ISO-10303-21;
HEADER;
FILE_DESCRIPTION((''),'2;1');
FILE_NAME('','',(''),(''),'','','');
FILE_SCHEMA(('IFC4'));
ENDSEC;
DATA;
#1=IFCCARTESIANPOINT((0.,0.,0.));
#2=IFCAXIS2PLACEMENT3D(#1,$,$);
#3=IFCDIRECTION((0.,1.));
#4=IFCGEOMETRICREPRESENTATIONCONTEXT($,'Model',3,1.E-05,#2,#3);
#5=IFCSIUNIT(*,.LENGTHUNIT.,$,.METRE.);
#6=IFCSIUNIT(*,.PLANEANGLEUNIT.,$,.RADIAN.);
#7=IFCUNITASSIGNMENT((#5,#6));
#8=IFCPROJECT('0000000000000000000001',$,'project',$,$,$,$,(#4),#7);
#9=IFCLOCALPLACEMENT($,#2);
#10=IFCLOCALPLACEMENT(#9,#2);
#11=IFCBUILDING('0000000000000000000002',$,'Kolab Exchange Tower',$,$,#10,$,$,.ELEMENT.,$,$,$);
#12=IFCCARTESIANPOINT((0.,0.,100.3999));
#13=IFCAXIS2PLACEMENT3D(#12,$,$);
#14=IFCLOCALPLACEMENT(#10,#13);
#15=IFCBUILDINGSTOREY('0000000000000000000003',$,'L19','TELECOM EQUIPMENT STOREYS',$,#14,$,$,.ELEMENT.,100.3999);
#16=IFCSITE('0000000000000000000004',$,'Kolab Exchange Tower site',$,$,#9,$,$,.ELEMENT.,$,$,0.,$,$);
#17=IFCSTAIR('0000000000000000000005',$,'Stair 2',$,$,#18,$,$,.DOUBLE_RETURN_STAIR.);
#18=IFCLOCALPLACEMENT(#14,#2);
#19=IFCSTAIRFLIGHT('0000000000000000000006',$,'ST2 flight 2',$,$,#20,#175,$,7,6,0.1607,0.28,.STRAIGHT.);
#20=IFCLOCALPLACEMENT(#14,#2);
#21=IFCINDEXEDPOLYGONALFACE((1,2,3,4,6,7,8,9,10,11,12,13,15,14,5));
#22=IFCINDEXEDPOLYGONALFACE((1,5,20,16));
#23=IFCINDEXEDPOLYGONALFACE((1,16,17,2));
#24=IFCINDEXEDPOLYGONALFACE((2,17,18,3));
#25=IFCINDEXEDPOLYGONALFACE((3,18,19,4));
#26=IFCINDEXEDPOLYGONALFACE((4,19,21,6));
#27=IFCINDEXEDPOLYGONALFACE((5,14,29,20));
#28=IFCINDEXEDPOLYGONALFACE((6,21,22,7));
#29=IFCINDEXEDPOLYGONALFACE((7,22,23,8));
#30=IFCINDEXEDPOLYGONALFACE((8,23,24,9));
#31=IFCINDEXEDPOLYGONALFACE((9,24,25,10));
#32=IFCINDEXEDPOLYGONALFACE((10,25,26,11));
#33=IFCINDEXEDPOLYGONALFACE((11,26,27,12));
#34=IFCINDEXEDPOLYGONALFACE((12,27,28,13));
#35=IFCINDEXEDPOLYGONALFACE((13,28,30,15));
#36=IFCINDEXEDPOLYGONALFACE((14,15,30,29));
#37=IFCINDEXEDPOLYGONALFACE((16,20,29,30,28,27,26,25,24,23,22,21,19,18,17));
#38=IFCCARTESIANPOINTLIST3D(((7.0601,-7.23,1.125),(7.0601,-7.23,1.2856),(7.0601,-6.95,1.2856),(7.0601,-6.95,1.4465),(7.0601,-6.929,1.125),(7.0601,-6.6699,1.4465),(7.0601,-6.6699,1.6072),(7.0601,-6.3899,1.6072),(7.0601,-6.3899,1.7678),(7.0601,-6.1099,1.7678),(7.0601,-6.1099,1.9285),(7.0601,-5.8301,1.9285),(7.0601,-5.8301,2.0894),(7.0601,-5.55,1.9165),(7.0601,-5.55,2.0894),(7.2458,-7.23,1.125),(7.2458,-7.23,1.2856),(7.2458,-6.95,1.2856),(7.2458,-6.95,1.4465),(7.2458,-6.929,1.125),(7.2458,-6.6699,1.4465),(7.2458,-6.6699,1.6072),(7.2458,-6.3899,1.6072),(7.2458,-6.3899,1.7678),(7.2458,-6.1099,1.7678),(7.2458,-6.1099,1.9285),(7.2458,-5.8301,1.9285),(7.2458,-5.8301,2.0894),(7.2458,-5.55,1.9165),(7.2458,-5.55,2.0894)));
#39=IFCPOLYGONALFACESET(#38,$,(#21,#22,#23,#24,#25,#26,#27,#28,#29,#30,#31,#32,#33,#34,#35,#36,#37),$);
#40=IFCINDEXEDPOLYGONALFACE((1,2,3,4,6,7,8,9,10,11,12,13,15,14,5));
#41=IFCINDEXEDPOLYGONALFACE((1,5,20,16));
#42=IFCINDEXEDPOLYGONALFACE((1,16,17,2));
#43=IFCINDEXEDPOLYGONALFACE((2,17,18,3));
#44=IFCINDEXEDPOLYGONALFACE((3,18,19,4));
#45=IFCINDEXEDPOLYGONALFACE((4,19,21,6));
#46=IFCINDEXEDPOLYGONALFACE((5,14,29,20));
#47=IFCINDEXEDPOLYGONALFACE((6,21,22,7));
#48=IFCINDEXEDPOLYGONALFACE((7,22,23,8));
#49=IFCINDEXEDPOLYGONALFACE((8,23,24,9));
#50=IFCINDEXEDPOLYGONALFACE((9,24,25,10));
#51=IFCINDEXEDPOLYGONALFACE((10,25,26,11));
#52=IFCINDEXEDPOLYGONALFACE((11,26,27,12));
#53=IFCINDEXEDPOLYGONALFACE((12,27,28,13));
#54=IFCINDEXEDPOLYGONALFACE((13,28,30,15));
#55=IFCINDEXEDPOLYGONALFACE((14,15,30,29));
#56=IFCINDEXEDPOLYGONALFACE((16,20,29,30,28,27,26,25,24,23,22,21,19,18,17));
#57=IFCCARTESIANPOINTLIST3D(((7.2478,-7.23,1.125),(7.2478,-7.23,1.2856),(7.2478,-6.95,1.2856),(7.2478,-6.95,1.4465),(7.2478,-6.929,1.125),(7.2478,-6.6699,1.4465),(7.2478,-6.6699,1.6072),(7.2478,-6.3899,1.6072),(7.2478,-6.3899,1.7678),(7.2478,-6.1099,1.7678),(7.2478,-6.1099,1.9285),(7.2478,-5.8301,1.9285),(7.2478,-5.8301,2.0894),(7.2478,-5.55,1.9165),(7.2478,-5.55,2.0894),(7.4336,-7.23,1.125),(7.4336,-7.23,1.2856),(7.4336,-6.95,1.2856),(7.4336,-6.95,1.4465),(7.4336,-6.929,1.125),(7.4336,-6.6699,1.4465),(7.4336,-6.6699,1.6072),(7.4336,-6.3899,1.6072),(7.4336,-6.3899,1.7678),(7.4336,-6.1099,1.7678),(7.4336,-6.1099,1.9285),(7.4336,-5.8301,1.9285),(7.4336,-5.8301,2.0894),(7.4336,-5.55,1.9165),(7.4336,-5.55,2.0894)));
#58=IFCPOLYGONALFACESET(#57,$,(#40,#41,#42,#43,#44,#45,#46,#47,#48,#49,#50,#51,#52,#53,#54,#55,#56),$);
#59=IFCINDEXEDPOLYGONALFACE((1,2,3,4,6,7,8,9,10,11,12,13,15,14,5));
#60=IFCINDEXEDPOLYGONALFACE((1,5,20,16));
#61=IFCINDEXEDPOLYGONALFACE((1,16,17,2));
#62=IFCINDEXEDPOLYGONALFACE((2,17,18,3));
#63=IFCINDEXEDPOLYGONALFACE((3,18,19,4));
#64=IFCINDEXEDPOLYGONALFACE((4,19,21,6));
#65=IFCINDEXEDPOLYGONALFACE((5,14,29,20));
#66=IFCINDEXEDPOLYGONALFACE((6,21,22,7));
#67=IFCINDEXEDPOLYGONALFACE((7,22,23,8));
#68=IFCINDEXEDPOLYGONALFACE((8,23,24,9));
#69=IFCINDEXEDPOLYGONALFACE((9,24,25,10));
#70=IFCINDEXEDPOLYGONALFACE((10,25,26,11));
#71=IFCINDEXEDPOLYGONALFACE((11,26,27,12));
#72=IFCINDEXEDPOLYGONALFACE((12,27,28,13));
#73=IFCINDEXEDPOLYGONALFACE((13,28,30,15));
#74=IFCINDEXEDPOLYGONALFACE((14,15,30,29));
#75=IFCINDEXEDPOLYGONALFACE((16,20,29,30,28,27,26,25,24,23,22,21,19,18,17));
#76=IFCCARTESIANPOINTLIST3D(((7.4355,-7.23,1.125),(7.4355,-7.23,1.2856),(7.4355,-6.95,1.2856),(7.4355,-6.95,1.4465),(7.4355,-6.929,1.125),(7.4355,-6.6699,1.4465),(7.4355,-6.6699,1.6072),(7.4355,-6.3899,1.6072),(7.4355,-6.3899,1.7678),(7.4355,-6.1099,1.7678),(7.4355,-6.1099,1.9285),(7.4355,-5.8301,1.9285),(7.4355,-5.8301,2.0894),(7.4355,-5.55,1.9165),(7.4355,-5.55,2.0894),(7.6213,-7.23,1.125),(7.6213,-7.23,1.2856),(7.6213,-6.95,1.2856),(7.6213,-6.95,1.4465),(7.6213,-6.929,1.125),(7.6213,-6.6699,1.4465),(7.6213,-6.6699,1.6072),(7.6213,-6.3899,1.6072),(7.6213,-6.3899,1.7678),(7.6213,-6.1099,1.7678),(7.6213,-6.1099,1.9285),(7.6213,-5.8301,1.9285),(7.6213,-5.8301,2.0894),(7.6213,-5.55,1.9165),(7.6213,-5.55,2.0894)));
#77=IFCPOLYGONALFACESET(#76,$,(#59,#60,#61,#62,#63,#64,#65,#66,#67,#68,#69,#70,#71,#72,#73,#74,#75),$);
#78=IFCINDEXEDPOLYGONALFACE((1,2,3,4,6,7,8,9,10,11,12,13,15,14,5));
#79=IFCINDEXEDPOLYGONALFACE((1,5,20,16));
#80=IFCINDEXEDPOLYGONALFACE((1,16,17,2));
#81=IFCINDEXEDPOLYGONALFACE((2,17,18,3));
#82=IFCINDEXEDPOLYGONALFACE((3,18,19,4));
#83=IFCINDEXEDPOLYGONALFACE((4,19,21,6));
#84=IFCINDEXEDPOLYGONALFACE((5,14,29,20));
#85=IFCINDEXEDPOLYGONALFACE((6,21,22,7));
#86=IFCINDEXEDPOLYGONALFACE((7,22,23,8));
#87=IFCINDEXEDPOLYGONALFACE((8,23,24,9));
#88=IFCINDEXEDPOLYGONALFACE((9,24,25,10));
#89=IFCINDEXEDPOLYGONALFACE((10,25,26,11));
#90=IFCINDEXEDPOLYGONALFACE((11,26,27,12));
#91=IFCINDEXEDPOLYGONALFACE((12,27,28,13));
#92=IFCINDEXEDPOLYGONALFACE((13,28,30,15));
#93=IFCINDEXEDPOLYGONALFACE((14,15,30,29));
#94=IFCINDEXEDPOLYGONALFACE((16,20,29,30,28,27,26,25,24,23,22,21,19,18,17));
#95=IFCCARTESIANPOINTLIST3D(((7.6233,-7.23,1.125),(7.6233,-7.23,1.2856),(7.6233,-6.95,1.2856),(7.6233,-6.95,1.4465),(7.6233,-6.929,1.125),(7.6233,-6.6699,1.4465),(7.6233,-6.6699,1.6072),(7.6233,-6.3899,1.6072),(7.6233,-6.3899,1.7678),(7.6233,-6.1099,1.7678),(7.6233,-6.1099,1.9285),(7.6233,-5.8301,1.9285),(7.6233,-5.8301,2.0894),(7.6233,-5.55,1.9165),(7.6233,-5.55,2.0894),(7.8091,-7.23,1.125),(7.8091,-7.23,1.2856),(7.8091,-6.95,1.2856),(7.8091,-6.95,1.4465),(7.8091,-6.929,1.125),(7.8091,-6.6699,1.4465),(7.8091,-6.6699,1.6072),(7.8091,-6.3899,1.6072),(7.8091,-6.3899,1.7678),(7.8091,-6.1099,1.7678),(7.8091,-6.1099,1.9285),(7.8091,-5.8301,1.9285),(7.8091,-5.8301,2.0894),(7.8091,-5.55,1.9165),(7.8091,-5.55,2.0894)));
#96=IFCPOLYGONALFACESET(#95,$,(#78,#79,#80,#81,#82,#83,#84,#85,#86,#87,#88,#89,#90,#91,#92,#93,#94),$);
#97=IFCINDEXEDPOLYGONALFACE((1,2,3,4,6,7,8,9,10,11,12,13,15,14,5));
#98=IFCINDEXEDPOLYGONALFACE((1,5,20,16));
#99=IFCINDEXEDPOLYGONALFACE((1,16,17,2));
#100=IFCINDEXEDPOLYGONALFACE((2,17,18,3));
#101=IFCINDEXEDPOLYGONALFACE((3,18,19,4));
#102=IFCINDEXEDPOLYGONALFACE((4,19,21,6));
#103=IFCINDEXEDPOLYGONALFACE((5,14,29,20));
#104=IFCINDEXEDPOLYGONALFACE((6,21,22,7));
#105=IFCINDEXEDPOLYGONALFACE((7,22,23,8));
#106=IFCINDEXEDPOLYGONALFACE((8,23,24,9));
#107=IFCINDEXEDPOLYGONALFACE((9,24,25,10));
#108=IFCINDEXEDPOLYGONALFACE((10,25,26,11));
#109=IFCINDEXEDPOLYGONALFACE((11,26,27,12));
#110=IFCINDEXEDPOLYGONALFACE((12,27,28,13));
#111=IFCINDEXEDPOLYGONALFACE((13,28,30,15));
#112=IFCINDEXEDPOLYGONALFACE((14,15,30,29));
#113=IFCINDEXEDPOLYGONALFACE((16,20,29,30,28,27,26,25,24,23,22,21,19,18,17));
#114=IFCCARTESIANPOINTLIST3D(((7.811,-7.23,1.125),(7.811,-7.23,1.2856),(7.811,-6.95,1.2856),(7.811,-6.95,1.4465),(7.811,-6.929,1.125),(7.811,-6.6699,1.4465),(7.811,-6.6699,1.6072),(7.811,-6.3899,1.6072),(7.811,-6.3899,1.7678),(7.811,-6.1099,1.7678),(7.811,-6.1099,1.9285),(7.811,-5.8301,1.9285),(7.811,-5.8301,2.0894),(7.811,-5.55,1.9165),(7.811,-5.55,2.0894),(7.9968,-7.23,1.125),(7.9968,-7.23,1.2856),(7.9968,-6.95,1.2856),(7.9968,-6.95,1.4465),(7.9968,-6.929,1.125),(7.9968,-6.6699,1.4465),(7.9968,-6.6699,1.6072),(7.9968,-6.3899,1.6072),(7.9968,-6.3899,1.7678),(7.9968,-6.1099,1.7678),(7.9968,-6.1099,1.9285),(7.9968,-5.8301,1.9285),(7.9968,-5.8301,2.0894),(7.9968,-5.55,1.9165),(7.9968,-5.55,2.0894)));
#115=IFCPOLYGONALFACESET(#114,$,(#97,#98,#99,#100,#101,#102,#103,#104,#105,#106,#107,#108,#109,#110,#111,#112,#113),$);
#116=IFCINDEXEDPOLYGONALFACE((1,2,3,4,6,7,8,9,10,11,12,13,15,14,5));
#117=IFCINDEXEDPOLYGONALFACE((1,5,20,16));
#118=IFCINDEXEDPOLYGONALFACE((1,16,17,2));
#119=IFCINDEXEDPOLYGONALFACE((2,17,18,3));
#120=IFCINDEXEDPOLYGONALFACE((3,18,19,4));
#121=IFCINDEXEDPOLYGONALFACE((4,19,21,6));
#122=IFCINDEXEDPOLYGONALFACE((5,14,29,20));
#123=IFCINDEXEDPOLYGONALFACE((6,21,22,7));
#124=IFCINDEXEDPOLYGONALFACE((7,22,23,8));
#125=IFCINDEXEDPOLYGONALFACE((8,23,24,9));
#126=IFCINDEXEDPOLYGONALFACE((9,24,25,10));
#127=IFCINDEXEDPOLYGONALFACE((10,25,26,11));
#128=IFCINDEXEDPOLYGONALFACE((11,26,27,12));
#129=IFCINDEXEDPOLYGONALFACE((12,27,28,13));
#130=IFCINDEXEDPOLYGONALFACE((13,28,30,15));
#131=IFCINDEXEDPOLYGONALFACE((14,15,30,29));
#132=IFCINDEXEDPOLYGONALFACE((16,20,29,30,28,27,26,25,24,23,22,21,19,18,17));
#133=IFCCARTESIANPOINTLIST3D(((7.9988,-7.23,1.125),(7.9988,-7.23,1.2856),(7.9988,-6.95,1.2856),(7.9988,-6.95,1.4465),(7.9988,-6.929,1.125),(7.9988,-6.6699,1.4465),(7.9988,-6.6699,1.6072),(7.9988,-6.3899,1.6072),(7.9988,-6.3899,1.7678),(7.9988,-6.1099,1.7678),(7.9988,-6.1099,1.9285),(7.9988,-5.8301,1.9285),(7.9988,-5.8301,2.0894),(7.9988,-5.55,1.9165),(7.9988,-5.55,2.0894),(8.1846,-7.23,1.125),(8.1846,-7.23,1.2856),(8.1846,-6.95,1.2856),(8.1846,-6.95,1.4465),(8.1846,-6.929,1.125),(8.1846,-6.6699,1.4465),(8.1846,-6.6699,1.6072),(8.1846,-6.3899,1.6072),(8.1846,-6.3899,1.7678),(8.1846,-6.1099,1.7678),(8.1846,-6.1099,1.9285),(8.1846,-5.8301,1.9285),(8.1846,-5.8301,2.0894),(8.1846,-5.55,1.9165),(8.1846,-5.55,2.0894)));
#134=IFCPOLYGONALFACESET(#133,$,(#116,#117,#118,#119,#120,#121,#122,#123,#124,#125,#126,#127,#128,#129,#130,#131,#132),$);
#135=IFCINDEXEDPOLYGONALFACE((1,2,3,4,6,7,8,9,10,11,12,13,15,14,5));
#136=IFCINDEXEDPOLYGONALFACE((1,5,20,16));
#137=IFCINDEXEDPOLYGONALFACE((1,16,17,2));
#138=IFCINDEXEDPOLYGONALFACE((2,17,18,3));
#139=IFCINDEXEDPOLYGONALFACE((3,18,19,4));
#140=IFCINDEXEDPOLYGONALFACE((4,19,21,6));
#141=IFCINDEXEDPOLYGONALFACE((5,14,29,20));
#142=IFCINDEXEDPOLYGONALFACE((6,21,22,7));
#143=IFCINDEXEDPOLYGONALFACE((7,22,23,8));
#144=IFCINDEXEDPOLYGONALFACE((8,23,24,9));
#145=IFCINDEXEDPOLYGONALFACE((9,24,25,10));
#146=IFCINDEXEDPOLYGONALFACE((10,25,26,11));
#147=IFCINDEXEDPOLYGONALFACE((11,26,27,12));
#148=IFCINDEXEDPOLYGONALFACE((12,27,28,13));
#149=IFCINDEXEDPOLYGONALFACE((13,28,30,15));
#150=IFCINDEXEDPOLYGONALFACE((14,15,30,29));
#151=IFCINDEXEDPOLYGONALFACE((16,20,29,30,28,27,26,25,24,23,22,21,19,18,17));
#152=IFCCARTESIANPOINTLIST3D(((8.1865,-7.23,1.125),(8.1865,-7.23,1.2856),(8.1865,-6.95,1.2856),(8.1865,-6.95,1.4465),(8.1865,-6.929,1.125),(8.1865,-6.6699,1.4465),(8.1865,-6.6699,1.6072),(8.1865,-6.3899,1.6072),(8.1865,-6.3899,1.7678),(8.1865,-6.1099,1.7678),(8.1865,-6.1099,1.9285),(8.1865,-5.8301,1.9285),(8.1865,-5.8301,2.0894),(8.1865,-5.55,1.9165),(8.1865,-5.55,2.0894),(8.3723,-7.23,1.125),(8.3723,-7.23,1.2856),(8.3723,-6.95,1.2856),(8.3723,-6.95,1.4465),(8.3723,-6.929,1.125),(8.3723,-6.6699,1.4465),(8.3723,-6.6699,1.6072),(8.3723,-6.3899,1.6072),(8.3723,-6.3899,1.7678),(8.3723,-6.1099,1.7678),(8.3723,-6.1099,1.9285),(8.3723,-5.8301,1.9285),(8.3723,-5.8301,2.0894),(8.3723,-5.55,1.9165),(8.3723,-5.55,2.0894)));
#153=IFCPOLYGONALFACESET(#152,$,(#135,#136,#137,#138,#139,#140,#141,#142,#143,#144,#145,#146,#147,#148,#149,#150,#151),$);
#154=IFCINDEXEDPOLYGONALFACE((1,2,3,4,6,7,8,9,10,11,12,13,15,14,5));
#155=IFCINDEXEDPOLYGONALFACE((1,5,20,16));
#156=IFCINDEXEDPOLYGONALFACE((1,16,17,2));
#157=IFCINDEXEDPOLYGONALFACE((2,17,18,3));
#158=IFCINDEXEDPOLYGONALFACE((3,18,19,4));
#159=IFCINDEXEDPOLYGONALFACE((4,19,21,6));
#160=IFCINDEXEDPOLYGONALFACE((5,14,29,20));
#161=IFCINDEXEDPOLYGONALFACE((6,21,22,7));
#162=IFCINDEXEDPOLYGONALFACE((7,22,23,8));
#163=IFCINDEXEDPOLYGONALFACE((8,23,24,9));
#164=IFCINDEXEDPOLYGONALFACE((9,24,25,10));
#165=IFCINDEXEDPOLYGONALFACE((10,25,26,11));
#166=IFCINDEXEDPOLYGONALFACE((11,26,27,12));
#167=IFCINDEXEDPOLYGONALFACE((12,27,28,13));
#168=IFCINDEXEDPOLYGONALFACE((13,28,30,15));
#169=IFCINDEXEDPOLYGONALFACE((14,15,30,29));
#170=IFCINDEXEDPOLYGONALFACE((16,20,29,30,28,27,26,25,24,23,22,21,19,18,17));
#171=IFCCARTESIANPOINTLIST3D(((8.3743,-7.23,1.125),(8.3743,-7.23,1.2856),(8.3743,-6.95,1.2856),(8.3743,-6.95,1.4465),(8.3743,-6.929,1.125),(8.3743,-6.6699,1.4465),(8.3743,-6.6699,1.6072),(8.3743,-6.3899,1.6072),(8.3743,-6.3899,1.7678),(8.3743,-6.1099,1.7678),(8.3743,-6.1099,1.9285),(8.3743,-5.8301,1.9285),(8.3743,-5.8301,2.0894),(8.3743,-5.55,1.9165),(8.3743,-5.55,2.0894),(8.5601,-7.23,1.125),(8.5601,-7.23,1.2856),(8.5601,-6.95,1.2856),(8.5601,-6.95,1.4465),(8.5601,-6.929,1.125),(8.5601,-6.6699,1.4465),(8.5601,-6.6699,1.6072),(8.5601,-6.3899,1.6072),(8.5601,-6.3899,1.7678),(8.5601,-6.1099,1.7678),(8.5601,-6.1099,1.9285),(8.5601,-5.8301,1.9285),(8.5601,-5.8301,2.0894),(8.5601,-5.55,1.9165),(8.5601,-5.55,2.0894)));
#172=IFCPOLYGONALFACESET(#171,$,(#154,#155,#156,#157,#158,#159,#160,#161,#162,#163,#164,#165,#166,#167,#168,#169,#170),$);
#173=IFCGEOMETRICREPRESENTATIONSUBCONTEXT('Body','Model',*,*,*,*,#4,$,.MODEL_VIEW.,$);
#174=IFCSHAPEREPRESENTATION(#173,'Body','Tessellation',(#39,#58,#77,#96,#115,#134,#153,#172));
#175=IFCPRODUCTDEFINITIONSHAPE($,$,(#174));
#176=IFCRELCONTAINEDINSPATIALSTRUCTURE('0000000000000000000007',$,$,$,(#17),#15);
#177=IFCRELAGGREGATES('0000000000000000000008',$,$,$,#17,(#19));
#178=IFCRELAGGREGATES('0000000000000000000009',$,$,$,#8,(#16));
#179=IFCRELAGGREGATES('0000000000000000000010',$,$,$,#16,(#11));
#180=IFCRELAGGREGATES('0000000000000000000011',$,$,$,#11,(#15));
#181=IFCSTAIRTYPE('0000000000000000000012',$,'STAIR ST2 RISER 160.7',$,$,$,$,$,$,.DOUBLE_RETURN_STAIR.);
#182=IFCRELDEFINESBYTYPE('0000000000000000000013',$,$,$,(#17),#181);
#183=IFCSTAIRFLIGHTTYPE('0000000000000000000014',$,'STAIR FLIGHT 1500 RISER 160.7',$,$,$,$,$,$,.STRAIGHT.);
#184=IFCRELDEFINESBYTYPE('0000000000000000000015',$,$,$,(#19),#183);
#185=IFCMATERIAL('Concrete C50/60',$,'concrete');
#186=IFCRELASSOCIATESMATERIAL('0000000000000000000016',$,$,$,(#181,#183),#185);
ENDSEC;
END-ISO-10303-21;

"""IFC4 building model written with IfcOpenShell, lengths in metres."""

from ifc_helpers import new_model, si_unit, direction, frame, origin, place, context, subcontext, project, spatial, polyline, outline, extrude, material, type_object, element, aggregate, save


model = new_model("IFC4")

# Units and contexts
model_context = context("Model", 3, precision=1e-05, world=origin(), true_north=direction((0.0, 1.0)))
body_context = subcontext(model_context, "Body", "Model", "MODEL_VIEW")
ifc_project = project(units=[si_unit("LENGTHUNIT", "METRE"), si_unit("PLANEANGLEUNIT", "RADIAN")], contexts=[model_context])

# Site, building, storey
site_placement = place(None, origin())
site = spatial("IfcSite", under=ifc_project, at=site_placement, Name="Kolab Exchange Tower site", CompositionType="ELEMENT", RefElevation=0.0)
building_placement = place(site_placement, origin())
building = spatial("IfcBuilding", under=site, at=building_placement, Name="Kolab Exchange Tower", CompositionType="ELEMENT")
storey_placement = place(building_placement, frame((0.0, 0.0, 100.3999)))
storey = spatial("IfcBuildingStorey", under=building, at=storey_placement, Name="L19", Description="TELECOM EQUIPMENT STOREYS", CompositionType="ELEMENT", Elevation=100.3999)

# Shared definitions
ifc_material_1 = material(Name="Concrete C50/60", Category="concrete")

# Stair, stair flight
stair_type = type_object("IfcStairType", Name="STAIR ST2 RISER 160.7", PredefinedType="DOUBLE_RETURN_STAIR", material=ifc_material_1)
stair_placement = place(storey_placement, origin())
stair = element("IfcStair", 1, at=stair_placement, inside=storey, type_object=stair_type, Name="Stair 2", PredefinedType="DOUBLE_RETURN_STAIR")
stair_flight_type = type_object("IfcStairFlightType", Name="STAIR FLIGHT 1500 RISER 160.7", PredefinedType="STRAIGHT", material=ifc_material_1)
stair_flight_1_placement = place(storey_placement, frame((7.8101, -7.23, 1.125), z_axis=(0.0, 0.0, 1.0), x_axis=(0.0, 1.0, 0.0)))
stair_flight_1 = element("IfcStairFlight", 2, at=stair_flight_1_placement, type_object=stair_flight_type, Name="ST2 flight 2", NumberOfRisers=7, NumberOfTreads=6, PredefinedType="STRAIGHT", RiserHeight=0.1607, TreadLength=0.28, context=body_context, shape_type="SweptSolid", body=[
    extrude(outline(polyline([(0.0, 0.0), (0.0, 0.1606), (0.28, 0.1606), (0.28, 0.3215), (0.5601, 0.3215), (0.5601, 0.4822), (0.8401, 0.4822), (0.8401, 0.6428), (1.1201, 0.6428), (1.1201, 0.8035), (1.3999, 0.8035), (1.3999, 0.9644), (1.6799, 0.9644), (1.6799, 1.125), (1.6799, 0.7915), (0.301, 0.0), (0.0, 0.0)])), frame((0.0, 0.75, 0.0), z_axis=(0.0, -1.0, 0.0), x_axis=(1.0, 0.0, 0.0)), (0.0, 0.0, 1.0), 0.1858),
    extrude(outline(polyline([(0.0, 0.0), (0.0, 0.1606), (0.28, 0.1606), (0.28, 0.3215), (0.5601, 0.3215), (0.5601, 0.4822), (0.8401, 0.4822), (0.8401, 0.6428), (1.1201, 0.6428), (1.1201, 0.8035), (1.3999, 0.8035), (1.3999, 0.9644), (1.6799, 0.9644), (1.6799, 1.125), (1.6799, 0.7915), (0.301, 0.0), (0.0, 0.0)])), frame((0.0, 0.5623, 0.0), z_axis=(0.0, -1.0, 0.0), x_axis=(1.0, 0.0, 0.0)), (0.0, 0.0, 1.0), 0.1858),
    extrude(outline(polyline([(0.0, 0.0), (0.0, 0.1606), (0.28, 0.1606), (0.28, 0.3215), (0.5601, 0.3215), (0.5601, 0.4822), (0.8401, 0.4822), (0.8401, 0.6428), (1.1201, 0.6428), (1.1201, 0.8035), (1.3999, 0.8035), (1.3999, 0.9644), (1.6799, 0.9644), (1.6799, 1.125), (1.6799, 0.7915), (0.301, 0.0), (0.0, 0.0)])), frame((0.0, 0.3745, 0.0), z_axis=(0.0, -1.0, 0.0), x_axis=(1.0, 0.0, 0.0)), (0.0, 0.0, 1.0), 0.1858),
    extrude(outline(polyline([(0.0, 0.0), (0.0, 0.1606), (0.28, 0.1606), (0.28, 0.3215), (0.5601, 0.3215), (0.5601, 0.4822), (0.8401, 0.4822), (0.8401, 0.6428), (1.1201, 0.6428), (1.1201, 0.8035), (1.3999, 0.8035), (1.3999, 0.9644), (1.6799, 0.9644), (1.6799, 1.125), (1.6799, 0.7915), (0.301, 0.0), (0.0, 0.0)])), frame((0.0, 0.1868, 0.0), z_axis=(0.0, -1.0, 0.0), x_axis=(1.0, 0.0, 0.0)), (0.0, 0.0, 1.0), 0.1858),
    extrude(outline(polyline([(0.0, 0.0), (0.0, 0.1606), (0.28, 0.1606), (0.28, 0.3215), (0.5601, 0.3215), (0.5601, 0.4822), (0.8401, 0.4822), (0.8401, 0.6428), (1.1201, 0.6428), (1.1201, 0.8035), (1.3999, 0.8035), (1.3999, 0.9644), (1.6799, 0.9644), (1.6799, 1.125), (1.6799, 0.7915), (0.301, 0.0), (0.0, 0.0)])), frame((0.0, -0.001, 0.0), z_axis=(0.0, -1.0, 0.0), x_axis=(1.0, 0.0, 0.0)), (0.0, 0.0, 1.0), 0.1858),
    extrude(outline(polyline([(0.0, 0.0), (0.0, 0.1606), (0.28, 0.1606), (0.28, 0.3215), (0.5601, 0.3215), (0.5601, 0.4822), (0.8401, 0.4822), (0.8401, 0.6428), (1.1201, 0.6428), (1.1201, 0.8035), (1.3999, 0.8035), (1.3999, 0.9644), (1.6799, 0.9644), (1.6799, 1.125), (1.6799, 0.7915), (0.301, 0.0), (0.0, 0.0)])), frame((0.0, -0.1887, 0.0), z_axis=(0.0, -1.0, 0.0), x_axis=(1.0, 0.0, 0.0)), (0.0, 0.0, 1.0), 0.1858),
    extrude(outline(polyline([(0.0, 0.0), (0.0, 0.1606), (0.28, 0.1606), (0.28, 0.3215), (0.5601, 0.3215), (0.5601, 0.4822), (0.8401, 0.4822), (0.8401, 0.6428), (1.1201, 0.6428), (1.1201, 0.8035), (1.3999, 0.8035), (1.3999, 0.9644), (1.6799, 0.9644), (1.6799, 1.125), (1.6799, 0.7915), (0.301, 0.0), (0.0, 0.0)])), frame((0.0, -0.3765, 0.0), z_axis=(0.0, -1.0, 0.0), x_axis=(1.0, 0.0, 0.0)), (0.0, 0.0, 1.0), 0.1858),
    extrude(outline(polyline([(0.0, 0.0), (0.0, 0.1606), (0.28, 0.1606), (0.28, 0.3215), (0.5601, 0.3215), (0.5601, 0.4822), (0.8401, 0.4822), (0.8401, 0.6428), (1.1201, 0.6428), (1.1201, 0.8035), (1.3999, 0.8035), (1.3999, 0.9644), (1.6799, 0.9644), (1.6799, 1.125), (1.6799, 0.7915), (0.301, 0.0), (0.0, 0.0)])), frame((0.0, -0.5642, 0.0), z_axis=(0.0, -1.0, 0.0), x_axis=(1.0, 0.0, 0.0)), (0.0, 0.0, 1.0), 0.1858),
])
aggregate(stair, [stair_flight_1])

save(model, "model.ifc")
